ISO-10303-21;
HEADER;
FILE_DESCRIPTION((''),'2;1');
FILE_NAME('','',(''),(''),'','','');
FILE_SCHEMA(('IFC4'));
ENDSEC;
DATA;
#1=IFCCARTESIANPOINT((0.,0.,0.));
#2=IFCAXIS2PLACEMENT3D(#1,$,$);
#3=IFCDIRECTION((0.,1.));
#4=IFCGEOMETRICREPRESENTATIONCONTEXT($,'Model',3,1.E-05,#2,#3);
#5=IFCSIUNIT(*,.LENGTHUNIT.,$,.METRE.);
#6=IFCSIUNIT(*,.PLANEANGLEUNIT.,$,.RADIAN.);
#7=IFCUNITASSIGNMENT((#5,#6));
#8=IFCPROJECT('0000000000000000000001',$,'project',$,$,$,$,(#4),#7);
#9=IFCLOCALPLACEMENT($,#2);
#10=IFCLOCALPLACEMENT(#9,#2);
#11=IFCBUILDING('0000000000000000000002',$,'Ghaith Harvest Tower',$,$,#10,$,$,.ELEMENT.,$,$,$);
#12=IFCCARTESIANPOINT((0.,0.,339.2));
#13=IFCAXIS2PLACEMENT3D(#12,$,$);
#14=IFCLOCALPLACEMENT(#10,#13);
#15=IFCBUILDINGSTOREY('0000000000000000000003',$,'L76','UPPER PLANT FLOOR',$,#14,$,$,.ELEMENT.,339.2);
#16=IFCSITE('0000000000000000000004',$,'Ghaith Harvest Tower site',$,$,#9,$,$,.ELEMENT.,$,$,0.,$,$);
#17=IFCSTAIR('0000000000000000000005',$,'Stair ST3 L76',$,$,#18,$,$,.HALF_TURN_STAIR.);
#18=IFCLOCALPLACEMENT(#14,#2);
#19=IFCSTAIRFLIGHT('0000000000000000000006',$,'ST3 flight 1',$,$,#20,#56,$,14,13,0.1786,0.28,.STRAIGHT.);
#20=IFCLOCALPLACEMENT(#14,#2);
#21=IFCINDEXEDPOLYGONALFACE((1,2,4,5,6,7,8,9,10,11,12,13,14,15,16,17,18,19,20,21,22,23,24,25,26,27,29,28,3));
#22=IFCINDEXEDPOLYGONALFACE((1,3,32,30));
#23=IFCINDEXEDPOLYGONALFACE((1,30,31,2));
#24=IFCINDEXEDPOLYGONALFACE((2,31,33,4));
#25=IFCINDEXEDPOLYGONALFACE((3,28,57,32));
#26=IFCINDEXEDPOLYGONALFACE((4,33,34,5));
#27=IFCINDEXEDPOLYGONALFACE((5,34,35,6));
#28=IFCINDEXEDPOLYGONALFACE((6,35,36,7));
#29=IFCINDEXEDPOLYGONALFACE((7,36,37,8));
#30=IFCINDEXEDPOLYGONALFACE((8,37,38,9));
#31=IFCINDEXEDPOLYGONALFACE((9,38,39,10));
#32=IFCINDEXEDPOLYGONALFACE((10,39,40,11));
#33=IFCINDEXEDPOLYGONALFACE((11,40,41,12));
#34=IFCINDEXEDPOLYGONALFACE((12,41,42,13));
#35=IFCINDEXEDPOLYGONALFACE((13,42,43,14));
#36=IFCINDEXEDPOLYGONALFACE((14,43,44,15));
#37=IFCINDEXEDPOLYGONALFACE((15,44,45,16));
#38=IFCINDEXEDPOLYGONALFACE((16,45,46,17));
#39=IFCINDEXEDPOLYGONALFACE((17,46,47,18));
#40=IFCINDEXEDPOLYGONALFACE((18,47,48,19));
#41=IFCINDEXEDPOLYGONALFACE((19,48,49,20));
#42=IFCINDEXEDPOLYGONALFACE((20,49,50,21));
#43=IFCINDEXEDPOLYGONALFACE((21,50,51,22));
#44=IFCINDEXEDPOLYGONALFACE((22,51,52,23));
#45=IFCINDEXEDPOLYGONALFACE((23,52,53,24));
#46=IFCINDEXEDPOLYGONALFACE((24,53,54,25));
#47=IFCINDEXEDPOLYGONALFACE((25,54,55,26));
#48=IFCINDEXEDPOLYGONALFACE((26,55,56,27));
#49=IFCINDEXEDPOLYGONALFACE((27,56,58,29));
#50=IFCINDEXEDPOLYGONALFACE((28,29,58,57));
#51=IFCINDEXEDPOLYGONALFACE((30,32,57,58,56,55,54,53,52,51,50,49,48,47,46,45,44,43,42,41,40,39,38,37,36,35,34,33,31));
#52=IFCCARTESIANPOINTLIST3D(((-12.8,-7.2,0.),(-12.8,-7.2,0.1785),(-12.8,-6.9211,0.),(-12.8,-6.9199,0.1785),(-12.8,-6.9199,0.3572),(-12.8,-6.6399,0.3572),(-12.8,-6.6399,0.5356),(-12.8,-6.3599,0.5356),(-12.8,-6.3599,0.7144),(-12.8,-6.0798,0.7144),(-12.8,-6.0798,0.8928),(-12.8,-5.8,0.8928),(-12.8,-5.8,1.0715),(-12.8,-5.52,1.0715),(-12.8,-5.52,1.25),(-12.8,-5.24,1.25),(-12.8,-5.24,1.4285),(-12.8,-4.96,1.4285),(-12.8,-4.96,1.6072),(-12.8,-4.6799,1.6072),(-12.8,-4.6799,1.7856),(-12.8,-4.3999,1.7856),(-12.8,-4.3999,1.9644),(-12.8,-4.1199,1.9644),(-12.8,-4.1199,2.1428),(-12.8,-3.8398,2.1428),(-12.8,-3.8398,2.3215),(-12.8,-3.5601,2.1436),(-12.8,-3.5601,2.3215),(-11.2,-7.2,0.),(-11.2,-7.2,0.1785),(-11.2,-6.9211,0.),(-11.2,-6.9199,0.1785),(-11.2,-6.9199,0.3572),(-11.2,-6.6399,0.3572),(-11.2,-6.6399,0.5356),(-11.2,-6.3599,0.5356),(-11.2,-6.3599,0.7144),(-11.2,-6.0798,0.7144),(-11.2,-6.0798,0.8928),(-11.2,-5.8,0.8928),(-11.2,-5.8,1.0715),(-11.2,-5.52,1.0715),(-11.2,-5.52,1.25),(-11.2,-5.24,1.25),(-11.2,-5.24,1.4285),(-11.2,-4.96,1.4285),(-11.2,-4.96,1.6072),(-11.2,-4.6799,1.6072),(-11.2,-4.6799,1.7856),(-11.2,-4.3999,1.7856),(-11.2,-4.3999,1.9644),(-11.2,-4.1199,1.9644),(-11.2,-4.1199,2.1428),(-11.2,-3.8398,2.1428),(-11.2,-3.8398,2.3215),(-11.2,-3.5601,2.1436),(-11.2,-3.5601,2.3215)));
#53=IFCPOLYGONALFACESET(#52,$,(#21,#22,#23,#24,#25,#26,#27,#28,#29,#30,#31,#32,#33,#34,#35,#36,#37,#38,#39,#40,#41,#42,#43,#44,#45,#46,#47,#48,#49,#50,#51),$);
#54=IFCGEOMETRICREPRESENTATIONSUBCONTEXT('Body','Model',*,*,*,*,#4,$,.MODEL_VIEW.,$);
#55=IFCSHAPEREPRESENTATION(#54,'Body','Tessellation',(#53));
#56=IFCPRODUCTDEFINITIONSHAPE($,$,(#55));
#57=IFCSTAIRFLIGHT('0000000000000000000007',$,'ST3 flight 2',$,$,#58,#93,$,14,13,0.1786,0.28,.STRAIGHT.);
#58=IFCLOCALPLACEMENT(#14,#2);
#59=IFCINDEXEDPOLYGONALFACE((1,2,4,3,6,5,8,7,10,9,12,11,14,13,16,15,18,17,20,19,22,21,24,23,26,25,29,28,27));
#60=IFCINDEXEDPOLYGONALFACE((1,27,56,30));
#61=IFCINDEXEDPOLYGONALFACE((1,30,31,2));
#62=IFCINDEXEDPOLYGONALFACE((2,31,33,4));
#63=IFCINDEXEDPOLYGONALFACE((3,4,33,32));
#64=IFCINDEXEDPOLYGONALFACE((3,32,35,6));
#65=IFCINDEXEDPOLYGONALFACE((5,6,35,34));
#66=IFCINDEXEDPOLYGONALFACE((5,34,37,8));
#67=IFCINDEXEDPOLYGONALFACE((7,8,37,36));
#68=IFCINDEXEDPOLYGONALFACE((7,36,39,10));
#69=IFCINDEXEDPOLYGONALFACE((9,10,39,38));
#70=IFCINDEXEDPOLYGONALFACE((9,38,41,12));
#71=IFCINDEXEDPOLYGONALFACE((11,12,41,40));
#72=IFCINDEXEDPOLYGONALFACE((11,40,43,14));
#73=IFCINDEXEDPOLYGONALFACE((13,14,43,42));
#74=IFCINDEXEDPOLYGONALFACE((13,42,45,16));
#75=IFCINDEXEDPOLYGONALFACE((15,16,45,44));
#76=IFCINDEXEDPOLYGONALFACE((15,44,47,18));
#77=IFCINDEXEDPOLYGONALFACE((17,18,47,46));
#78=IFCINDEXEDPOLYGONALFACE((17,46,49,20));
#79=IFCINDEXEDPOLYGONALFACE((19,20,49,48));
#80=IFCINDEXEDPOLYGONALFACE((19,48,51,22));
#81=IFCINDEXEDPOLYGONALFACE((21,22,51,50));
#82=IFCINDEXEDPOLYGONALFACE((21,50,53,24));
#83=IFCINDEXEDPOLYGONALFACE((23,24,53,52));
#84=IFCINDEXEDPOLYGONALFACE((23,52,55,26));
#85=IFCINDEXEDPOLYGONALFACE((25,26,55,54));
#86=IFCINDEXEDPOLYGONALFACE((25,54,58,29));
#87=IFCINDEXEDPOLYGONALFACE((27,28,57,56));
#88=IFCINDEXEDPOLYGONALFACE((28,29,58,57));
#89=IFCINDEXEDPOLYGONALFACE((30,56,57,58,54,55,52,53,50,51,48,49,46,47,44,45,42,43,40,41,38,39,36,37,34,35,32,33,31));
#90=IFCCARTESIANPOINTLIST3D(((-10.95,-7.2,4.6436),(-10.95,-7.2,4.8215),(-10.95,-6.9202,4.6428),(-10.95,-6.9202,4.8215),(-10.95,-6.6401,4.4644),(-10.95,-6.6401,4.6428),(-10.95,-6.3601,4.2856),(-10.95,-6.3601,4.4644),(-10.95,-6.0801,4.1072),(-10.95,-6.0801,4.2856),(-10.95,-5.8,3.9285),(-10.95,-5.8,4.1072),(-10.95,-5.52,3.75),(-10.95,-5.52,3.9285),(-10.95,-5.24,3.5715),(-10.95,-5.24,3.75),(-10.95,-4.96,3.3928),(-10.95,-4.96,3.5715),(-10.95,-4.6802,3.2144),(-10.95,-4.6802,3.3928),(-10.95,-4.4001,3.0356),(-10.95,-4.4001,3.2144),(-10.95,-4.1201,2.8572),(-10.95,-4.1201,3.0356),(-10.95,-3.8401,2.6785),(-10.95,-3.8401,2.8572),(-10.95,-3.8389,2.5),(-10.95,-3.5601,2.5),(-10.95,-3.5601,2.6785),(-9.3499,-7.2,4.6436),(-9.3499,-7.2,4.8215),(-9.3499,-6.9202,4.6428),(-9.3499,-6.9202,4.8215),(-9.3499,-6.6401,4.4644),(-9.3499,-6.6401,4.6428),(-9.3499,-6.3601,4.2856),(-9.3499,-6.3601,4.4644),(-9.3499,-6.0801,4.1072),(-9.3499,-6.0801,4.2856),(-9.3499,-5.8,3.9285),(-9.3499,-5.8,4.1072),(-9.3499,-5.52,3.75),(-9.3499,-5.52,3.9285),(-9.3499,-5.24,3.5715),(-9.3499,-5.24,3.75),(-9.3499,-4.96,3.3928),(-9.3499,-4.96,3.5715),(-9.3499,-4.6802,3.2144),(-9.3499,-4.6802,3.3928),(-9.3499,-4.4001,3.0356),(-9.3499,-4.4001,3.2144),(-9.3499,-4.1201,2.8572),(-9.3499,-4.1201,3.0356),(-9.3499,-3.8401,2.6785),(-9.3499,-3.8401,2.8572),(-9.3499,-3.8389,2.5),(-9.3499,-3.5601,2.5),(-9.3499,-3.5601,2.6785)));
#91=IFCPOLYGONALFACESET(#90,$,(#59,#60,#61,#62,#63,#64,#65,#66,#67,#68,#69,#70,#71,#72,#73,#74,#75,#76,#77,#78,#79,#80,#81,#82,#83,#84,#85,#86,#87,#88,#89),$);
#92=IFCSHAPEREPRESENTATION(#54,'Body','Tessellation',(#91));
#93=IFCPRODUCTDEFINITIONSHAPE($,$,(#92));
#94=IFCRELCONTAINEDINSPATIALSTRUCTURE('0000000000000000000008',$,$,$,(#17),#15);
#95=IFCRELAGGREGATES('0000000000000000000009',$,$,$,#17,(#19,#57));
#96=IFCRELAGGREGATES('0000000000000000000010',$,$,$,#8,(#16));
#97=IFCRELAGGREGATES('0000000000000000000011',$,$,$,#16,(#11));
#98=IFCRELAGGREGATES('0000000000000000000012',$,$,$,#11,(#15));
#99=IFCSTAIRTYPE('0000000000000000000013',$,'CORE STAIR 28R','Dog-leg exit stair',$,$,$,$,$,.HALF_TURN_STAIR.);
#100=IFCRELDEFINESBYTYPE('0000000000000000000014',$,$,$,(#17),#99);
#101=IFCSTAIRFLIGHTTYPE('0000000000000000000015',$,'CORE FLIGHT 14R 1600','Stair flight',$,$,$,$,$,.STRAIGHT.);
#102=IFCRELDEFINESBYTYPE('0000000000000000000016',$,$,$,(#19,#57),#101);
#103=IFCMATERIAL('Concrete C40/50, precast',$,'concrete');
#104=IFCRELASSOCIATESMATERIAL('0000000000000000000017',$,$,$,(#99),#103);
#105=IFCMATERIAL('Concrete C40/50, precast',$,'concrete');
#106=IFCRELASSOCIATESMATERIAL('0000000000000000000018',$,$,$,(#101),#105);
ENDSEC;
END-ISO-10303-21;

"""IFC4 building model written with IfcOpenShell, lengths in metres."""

from ifc_helpers import new_model, si_unit, direction, frame, origin, place, context, subcontext, project, spatial, polyline, outline, extrude, material, type_object, element, aggregate, save


model = new_model("IFC4")

# Units and contexts
model_context = context("Model", 3, precision=1e-05, world=origin(), true_north=direction((0.0, 1.0)))
body_context = subcontext(model_context, "Body", "Model", "MODEL_VIEW")
ifc_project = project(units=[si_unit("LENGTHUNIT", "METRE"), si_unit("PLANEANGLEUNIT", "RADIAN")], contexts=[model_context])

# Site, building, storey
site_placement = place(None, origin())
site = spatial("IfcSite", under=ifc_project, at=site_placement, Name="Ghaith Harvest Tower site", CompositionType="ELEMENT", RefElevation=0.0)
building_placement = place(site_placement, origin())
building = spatial("IfcBuilding", under=site, at=building_placement, Name="Ghaith Harvest Tower", CompositionType="ELEMENT")
storey_placement = place(building_placement, frame((0.0, 0.0, 339.2)))
storey = spatial("IfcBuildingStorey", under=building, at=storey_placement, Name="L76", Description="UPPER PLANT FLOOR", CompositionType="ELEMENT", Elevation=339.2)

# Stair, stair flights
ifc_material_1 = material(Name="Concrete C40/50, precast", Category="concrete")
stair_type = type_object("IfcStairType", Name="CORE STAIR 28R", Description="Dog-leg exit stair", PredefinedType="HALF_TURN_STAIR", material=ifc_material_1)
stair_placement = place(storey_placement, origin())
stair = element("IfcStair", 1, at=stair_placement, inside=storey, type_object=stair_type, Name="Stair ST3 L76", PredefinedType="HALF_TURN_STAIR")
ifc_material_2 = material(Name="Concrete C40/50, precast", Category="concrete")
stair_flight_type = type_object("IfcStairFlightType", Name="CORE FLIGHT 14R 1600", Description="Stair flight", PredefinedType="STRAIGHT", material=ifc_material_2)
stair_flight_1_placement = place(storey_placement, frame((-12.0, -7.2, 0.0), z_axis=(0.0, 0.0, 1.0), x_axis=(0.0, 1.0, 0.0)))
stair_flight_1 = element("IfcStairFlight", 2, at=stair_flight_1_placement, type_object=stair_flight_type, Name="ST3 flight 1", NumberOfRisers=14, NumberOfTreads=13, PredefinedType="STRAIGHT", RiserHeight=0.1786, TreadLength=0.28, context=body_context, shape_type="SweptSolid", body=[
    extrude(outline(polyline([(0.0, 0.0), (0.0, 0.1785), (0.28, 0.1785), (0.28, 0.3572), (0.5601, 0.3572), (0.5601, 0.5356), (0.8401, 0.5356), (0.8401, 0.7144), (1.1201, 0.7144), (1.1201, 0.8928), (1.3999, 0.8928), (1.3999, 1.0715), (1.6799, 1.0715), (1.6799, 1.25), (1.96, 1.25), (1.96, 1.4285), (2.24, 1.4285), (2.24, 1.6072), (2.52, 1.6072), (2.52, 1.7856), (2.8, 1.7856), (2.8, 1.9644), (3.0801, 1.9644), (3.0801, 2.1428), (3.3601, 2.1428), (3.3601, 2.3215), (3.6399, 2.3215), (3.6399, 2.5), (3.6399, 2.1436), (0.2788, 0.0), (0.0, 0.0)])), frame((0.0, 0.8, 0.0), z_axis=(0.0, -1.0, 0.0), x_axis=(1.0, 0.0, 0.0)), (0.0, 0.0, 1.0), 1.6001),
])
stair_flight_2_placement = place(storey_placement, frame((-10.1499, -3.5601, 2.5), z_axis=(0.0, 0.0, 1.0), x_axis=(0.0, -1.0, 0.0)))
stair_flight_2 = element("IfcStairFlight", 3, at=stair_flight_2_placement, type_object=stair_flight_type, Name="ST3 flight 2", NumberOfRisers=14, NumberOfTreads=13, PredefinedType="STRAIGHT", RiserHeight=0.1786, TreadLength=0.28, context=body_context, shape_type="SweptSolid", body=[
    extrude(outline(polyline([(0.0, 0.0), (0.0, 0.1785), (0.28, 0.1785), (0.28, 0.3572), (0.5601, 0.3572), (0.5601, 0.5356), (0.8401, 0.5356), (0.8401, 0.7144), (1.1201, 0.7144), (1.1201, 0.8928), (1.3999, 0.8928), (1.3999, 1.0715), (1.6799, 1.0715), (1.6799, 1.25), (1.96, 1.25), (1.96, 1.4285), (2.24, 1.4285), (2.24, 1.6072), (2.52, 1.6072), (2.52, 1.7856), (2.8, 1.7856), (2.8, 1.9644), (3.0801, 1.9644), (3.0801, 2.1428), (3.3601, 2.1428), (3.3601, 2.3215), (3.6399, 2.3215), (3.6399, 2.5), (3.6399, 2.1436), (0.2788, 0.0), (0.0, 0.0)])), frame((0.0, 0.8, 0.0), z_axis=(0.0, -1.0, 0.0), x_axis=(1.0, 0.0, 0.0)), (0.0, 0.0, 1.0), 1.6001),
])
aggregate(stair, [stair_flight_1, stair_flight_2])

save(model, "model.ifc")
